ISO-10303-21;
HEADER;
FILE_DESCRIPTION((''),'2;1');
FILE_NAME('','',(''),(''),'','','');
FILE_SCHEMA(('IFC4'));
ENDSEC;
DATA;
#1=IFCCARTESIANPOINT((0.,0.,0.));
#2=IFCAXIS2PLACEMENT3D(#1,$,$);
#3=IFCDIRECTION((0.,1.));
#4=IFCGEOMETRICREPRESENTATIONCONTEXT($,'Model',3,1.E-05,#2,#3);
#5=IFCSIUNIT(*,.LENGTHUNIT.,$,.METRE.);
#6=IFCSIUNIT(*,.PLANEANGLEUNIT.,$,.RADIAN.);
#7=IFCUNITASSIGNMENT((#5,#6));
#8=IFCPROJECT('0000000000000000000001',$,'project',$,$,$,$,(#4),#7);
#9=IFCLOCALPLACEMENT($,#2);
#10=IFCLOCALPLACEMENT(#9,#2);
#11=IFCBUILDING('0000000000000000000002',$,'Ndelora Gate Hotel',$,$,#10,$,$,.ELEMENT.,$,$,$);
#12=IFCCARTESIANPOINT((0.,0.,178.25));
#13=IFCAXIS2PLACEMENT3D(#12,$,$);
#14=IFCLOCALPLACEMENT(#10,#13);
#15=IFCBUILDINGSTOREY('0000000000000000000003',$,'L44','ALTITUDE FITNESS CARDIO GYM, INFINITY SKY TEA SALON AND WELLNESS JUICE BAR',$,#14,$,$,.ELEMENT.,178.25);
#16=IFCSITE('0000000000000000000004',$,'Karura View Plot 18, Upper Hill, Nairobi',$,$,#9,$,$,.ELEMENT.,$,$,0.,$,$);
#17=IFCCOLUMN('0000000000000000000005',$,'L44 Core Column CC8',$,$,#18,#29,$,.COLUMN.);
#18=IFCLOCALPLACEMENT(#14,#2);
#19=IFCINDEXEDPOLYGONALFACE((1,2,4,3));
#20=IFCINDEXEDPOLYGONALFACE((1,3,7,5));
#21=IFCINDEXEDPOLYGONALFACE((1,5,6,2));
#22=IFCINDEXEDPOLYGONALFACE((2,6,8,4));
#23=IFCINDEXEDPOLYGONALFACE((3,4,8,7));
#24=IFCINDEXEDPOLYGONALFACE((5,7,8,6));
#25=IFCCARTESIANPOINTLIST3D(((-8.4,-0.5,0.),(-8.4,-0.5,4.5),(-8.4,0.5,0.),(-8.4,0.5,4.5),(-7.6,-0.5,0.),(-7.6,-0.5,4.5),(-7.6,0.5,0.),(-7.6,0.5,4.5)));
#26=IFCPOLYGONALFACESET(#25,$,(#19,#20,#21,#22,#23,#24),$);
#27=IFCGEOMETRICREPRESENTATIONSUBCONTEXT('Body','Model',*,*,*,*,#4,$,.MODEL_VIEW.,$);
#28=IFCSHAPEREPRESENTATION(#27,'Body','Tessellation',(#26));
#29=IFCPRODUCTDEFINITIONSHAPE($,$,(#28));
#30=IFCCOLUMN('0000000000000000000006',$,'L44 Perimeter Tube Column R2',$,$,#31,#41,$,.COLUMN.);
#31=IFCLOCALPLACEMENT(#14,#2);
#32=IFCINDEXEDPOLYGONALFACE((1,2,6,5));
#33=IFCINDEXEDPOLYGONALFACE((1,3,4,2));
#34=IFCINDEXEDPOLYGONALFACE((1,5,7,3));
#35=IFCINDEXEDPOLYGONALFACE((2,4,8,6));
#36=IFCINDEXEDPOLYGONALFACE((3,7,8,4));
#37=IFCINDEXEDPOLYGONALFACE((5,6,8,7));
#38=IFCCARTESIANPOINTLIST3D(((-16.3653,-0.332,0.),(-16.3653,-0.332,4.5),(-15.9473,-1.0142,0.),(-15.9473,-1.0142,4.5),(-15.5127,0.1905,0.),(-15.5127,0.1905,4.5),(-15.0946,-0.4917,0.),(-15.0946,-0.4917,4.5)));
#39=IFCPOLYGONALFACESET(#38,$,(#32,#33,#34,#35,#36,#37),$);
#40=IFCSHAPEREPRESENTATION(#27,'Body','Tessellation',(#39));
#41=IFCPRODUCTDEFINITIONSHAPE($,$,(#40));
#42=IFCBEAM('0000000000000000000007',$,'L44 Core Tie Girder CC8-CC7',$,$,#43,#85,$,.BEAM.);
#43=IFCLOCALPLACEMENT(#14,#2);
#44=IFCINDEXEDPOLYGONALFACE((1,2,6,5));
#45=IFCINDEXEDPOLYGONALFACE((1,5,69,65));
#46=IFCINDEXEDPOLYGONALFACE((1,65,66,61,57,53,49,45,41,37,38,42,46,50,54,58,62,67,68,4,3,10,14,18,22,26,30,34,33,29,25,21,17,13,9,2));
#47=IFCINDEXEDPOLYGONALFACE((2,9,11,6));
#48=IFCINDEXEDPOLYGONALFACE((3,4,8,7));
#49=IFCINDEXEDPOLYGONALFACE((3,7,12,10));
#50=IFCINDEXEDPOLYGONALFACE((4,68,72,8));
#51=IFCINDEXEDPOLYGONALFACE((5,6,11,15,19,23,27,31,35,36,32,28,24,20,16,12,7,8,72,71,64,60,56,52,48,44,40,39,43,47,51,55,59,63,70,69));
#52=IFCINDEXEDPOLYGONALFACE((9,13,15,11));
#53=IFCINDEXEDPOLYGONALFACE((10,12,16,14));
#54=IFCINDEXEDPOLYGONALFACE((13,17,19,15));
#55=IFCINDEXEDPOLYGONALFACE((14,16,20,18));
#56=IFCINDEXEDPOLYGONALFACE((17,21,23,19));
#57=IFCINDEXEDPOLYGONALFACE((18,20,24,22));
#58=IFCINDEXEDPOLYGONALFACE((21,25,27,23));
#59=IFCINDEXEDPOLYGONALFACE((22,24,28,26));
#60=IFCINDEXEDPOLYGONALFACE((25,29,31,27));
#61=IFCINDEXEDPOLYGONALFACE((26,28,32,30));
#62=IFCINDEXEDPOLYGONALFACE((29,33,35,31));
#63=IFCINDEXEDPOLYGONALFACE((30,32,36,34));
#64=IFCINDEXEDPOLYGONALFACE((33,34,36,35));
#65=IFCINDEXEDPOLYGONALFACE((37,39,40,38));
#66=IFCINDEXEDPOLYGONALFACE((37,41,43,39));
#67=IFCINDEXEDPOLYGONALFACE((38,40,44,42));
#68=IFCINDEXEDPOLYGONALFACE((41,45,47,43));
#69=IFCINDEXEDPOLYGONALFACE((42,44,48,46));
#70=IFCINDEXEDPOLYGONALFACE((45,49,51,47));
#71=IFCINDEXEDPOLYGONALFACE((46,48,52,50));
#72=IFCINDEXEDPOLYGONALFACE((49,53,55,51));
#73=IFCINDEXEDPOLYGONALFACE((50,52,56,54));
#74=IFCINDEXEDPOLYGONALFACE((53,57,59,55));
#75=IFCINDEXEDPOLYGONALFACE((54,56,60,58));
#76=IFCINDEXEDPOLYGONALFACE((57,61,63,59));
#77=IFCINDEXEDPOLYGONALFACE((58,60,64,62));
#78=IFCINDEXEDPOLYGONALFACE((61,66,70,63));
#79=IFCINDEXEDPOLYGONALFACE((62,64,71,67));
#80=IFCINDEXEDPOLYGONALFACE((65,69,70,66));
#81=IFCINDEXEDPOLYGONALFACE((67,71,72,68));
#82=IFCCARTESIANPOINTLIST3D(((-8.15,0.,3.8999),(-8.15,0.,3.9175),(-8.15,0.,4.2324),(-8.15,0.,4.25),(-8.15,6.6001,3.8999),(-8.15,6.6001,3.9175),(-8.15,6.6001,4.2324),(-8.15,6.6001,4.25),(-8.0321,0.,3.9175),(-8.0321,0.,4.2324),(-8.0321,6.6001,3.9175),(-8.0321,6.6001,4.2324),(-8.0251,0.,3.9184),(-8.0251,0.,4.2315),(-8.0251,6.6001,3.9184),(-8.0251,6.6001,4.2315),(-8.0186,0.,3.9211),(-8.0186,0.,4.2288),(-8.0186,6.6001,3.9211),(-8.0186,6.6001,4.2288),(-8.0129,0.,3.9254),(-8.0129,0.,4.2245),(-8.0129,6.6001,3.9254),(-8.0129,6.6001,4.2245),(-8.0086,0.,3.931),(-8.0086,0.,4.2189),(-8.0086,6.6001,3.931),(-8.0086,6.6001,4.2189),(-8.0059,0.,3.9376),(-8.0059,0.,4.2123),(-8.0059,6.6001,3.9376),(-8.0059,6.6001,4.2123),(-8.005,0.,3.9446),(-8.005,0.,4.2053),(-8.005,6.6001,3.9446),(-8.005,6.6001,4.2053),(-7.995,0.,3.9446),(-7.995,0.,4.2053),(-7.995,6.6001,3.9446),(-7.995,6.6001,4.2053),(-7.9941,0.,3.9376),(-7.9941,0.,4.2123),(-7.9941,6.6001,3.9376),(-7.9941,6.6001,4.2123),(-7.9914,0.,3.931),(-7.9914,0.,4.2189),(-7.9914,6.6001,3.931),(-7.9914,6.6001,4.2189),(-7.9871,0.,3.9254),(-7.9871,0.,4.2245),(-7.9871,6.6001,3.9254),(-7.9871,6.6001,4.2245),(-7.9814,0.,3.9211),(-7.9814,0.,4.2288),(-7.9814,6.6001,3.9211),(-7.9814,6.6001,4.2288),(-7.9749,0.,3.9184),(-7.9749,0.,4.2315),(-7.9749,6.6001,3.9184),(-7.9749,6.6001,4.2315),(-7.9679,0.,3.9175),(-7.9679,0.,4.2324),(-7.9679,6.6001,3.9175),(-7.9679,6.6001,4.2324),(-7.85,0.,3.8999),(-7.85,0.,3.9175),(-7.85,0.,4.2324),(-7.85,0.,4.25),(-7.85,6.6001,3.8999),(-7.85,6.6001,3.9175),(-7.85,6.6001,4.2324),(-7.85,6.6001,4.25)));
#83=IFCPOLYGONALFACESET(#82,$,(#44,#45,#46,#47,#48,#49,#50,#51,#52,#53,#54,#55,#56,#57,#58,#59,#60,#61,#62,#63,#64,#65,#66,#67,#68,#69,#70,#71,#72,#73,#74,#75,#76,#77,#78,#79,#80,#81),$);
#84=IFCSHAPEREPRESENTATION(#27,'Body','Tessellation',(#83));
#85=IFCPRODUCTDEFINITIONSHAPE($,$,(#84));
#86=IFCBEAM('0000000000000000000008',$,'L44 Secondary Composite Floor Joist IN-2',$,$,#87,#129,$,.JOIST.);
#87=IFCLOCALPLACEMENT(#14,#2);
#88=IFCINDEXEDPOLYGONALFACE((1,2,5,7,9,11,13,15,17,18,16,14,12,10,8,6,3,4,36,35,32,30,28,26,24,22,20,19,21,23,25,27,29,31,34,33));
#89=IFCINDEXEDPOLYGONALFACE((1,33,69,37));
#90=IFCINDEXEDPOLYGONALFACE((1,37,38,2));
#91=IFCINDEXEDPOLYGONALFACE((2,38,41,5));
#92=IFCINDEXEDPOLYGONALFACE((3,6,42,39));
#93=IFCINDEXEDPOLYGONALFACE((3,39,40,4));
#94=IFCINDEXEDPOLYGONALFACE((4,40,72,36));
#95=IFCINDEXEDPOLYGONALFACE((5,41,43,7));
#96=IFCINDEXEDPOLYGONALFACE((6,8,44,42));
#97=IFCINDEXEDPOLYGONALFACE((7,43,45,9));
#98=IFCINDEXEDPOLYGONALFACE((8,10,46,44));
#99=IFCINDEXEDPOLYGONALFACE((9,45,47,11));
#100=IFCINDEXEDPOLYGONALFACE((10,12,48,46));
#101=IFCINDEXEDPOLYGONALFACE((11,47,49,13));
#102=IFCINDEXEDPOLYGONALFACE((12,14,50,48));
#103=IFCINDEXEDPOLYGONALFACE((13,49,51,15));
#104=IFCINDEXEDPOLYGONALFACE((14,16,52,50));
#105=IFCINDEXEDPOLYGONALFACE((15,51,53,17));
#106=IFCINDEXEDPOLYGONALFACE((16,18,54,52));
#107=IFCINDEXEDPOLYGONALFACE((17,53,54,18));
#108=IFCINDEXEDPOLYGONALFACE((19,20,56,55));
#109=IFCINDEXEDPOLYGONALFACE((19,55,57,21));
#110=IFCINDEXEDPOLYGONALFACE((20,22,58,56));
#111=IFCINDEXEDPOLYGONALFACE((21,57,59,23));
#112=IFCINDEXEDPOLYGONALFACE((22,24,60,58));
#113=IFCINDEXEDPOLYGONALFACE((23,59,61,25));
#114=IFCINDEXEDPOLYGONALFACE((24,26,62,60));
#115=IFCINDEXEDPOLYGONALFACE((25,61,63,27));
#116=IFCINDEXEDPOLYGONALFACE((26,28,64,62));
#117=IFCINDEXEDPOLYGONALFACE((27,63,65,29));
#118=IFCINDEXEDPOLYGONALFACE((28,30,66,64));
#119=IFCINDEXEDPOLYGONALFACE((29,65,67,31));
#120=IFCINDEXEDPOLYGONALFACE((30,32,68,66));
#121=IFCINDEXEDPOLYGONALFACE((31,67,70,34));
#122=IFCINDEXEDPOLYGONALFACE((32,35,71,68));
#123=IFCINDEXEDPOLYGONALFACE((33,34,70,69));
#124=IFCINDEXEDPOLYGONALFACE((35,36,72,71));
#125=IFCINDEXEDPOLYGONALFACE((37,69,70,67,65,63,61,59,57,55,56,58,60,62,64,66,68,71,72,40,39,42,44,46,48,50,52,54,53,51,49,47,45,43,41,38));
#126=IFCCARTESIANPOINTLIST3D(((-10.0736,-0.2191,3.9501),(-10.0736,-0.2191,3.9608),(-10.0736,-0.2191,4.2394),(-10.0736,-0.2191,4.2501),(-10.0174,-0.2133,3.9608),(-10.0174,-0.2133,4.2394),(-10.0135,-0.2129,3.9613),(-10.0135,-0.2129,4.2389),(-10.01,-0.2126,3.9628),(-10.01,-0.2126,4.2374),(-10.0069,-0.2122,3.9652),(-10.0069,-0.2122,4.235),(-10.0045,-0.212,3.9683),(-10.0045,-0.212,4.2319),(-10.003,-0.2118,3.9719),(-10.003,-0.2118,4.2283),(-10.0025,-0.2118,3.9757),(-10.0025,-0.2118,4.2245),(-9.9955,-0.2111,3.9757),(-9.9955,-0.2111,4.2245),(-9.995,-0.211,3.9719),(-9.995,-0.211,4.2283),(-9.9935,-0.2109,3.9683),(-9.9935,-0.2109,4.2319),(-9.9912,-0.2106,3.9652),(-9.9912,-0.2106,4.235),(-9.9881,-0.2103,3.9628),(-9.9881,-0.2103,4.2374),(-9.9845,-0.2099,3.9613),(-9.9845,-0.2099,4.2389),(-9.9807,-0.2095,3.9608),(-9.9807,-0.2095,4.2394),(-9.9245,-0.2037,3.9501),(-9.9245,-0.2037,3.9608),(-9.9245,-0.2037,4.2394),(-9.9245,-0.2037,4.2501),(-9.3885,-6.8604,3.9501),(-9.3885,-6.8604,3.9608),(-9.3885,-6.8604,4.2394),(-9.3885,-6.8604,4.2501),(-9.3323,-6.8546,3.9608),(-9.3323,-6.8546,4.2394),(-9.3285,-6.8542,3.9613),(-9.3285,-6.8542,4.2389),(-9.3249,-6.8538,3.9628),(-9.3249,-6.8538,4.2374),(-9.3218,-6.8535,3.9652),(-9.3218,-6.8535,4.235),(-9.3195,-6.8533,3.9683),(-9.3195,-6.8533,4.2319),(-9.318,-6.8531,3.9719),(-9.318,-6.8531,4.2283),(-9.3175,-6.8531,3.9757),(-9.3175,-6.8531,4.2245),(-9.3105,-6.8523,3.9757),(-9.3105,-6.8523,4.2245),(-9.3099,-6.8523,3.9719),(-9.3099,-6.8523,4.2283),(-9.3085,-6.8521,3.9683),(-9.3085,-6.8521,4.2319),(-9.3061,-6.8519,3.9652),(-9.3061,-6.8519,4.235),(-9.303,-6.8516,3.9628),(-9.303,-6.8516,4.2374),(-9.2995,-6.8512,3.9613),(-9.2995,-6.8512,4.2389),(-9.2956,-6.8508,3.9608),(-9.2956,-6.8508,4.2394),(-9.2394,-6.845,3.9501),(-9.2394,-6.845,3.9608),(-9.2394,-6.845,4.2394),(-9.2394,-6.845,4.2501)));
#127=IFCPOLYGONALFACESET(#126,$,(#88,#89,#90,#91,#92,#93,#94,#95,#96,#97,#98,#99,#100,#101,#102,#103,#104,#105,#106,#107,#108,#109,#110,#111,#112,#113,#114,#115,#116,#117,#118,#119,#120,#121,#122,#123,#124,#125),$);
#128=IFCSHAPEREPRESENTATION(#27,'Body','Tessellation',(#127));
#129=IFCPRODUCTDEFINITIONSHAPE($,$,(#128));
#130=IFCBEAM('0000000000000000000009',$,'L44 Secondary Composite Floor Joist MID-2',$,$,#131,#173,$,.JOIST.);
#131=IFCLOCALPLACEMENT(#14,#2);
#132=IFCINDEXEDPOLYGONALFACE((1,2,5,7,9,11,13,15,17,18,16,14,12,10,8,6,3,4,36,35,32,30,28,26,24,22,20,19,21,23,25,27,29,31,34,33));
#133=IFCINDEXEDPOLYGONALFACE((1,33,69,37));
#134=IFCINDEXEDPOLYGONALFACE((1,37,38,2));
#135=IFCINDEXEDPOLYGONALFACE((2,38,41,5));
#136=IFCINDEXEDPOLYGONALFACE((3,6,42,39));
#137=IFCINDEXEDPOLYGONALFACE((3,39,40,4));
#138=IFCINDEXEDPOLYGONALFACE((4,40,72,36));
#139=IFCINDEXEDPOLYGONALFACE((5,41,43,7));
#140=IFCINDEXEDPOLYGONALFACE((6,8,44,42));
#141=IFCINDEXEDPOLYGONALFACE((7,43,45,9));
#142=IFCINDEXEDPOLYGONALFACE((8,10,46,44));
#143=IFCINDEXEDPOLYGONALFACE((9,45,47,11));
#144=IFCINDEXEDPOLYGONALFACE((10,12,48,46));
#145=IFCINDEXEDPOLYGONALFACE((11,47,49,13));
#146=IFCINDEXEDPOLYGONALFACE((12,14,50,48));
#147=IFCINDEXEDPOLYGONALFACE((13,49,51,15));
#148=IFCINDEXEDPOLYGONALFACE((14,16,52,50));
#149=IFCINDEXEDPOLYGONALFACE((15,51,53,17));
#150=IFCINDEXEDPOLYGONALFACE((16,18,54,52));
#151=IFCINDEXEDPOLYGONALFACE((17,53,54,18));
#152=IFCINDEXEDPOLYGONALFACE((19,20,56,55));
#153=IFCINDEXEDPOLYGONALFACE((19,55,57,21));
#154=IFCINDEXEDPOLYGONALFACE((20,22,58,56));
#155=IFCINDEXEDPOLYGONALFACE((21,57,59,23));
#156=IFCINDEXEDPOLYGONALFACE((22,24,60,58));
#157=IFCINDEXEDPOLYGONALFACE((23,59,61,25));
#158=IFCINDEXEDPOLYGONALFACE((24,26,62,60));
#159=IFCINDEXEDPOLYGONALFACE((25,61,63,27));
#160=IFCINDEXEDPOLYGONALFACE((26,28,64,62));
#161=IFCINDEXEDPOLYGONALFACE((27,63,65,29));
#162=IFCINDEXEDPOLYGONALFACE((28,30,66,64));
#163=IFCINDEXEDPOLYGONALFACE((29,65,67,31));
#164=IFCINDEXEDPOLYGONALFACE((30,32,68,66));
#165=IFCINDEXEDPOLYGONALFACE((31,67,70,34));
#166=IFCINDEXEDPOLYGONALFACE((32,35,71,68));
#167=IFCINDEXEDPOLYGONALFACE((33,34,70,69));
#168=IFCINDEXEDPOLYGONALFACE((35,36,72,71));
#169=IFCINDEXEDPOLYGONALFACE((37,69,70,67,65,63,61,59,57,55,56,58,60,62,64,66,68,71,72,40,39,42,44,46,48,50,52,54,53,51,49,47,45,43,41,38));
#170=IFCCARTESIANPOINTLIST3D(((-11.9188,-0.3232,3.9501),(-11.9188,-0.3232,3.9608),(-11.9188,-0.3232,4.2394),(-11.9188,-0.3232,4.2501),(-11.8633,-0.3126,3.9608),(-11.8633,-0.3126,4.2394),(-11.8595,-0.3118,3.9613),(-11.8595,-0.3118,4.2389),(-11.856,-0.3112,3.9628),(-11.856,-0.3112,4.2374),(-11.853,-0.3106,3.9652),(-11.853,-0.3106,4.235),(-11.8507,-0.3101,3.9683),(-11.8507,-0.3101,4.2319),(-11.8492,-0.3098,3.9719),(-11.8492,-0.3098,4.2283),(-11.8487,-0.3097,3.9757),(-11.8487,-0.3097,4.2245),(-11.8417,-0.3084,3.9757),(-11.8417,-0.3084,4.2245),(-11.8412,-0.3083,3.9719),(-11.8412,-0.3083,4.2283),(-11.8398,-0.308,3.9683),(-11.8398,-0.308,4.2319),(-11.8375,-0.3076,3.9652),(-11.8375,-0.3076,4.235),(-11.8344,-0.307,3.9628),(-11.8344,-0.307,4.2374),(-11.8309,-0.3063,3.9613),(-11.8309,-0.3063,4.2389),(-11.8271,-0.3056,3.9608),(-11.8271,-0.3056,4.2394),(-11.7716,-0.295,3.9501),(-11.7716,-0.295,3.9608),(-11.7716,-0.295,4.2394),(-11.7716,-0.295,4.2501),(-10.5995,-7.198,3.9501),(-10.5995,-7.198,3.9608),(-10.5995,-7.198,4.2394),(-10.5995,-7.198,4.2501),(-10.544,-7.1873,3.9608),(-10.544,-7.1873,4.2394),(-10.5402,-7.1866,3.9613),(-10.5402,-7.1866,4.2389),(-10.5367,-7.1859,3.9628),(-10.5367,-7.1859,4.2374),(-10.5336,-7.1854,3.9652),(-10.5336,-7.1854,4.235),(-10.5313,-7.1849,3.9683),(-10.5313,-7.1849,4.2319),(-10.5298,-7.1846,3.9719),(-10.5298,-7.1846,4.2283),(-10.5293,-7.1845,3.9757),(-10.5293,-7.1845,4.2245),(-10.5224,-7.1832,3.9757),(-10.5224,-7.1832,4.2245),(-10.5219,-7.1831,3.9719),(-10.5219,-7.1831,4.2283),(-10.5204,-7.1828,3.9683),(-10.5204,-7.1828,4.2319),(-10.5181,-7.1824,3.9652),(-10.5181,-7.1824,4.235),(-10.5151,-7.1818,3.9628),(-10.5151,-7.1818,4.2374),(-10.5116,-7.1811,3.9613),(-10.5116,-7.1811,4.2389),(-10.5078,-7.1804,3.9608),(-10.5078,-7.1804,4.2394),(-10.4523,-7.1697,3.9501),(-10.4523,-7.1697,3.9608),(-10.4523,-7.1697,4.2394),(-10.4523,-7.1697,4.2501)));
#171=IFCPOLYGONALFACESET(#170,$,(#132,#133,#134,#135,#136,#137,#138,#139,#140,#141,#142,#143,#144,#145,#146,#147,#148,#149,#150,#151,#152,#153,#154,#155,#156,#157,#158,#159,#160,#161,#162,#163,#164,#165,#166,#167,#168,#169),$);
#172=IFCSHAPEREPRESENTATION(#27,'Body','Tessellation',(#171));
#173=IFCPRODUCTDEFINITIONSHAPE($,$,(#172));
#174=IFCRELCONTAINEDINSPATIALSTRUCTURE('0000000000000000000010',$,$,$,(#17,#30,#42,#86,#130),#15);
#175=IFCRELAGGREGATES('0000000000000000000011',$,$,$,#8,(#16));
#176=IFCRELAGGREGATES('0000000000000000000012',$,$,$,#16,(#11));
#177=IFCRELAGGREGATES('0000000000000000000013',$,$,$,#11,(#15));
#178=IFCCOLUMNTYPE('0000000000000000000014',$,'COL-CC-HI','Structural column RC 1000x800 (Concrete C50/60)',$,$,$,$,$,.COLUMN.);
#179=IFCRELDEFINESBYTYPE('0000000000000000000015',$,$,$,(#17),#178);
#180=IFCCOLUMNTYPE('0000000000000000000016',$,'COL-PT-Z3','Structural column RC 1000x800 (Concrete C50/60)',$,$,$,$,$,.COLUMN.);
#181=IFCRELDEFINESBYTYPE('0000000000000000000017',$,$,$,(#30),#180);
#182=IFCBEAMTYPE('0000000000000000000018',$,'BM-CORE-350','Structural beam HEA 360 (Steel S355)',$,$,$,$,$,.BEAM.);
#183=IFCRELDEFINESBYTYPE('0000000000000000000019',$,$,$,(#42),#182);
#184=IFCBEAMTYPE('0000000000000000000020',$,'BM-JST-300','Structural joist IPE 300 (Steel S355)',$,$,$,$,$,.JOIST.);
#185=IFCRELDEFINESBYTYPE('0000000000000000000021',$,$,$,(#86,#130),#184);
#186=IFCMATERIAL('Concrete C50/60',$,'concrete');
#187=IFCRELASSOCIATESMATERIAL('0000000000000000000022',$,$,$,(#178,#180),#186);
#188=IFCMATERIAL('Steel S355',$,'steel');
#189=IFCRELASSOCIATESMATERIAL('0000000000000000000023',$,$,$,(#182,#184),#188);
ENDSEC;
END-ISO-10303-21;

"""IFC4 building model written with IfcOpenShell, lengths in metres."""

from ifc_helpers import new_model, si_unit, direction, frame, origin, origin_2d, place, context, subcontext, project, spatial, rectangle, i_section, extrude, material, material_profile, profile_set, type_object, element, save


model = new_model("IFC4")

# Units and contexts
model_context = context("Model", 3, precision=1e-05, world=origin(), true_north=direction((0.0, 1.0)))
body_context = subcontext(model_context, "Body", "Model", "MODEL_VIEW")
ifc_project = project(units=[si_unit("LENGTHUNIT", "METRE"), si_unit("PLANEANGLEUNIT", "RADIAN")], contexts=[model_context])

# Site, building, storey
site_placement = place(None, origin())
site = spatial("IfcSite", under=ifc_project, at=site_placement, Name="Karura View Plot 18, Upper Hill, Nairobi", CompositionType="ELEMENT", RefElevation=0.0)
building_placement = place(site_placement, origin())
building = spatial("IfcBuilding", under=site, at=building_placement, Name="Ndelora Gate Hotel", CompositionType="ELEMENT")
storey_placement = place(building_placement, frame((0.0, 0.0, 178.25)))
storey = spatial("IfcBuildingStorey", under=building, at=storey_placement, Name="L44", Description="ALTITUDE FITNESS CARDIO GYM, INFINITY SKY TEA SALON AND WELLNESS JUICE BAR", CompositionType="ELEMENT", Elevation=178.25)

# Columns
ifc_material_1 = material(Name="Concrete C50/60", Category="concrete")
ifc_material_profile_1 = material_profile(ifc_material_1, rectangle(XDim=0.8, YDim=1.0, at=origin_2d()), Name="RC 1000x800")
ifc_profile_set_1 = profile_set([ifc_material_profile_1], Name="Concrete C50/60")
column_type_1 = type_object("IfcColumnType", Name="COL-CC-HI", Description="Structural column RC 1000x800 (Concrete C50/60)", PredefinedType="COLUMN", material=ifc_profile_set_1)
column_1_placement = place(storey_placement, frame((-8.0, 0.0, 0.0), z_axis=(0.0, 0.0, 1.0), x_axis=(1.0, 0.0, 0.0)))
element("IfcColumn", 1, at=column_1_placement, inside=storey, type_object=column_type_1, Name="L44 Core Column CC8", PredefinedType="COLUMN", context=body_context, shape_type="SweptSolid", body=[
    extrude(rectangle(XDim=0.8, YDim=1.0, at=origin_2d()), origin(), (0.0, 0.0, 1.0), 4.5),
])
ifc_material_profile_2 = material_profile(ifc_material_1, rectangle(XDim=0.8, YDim=1.0, at=origin_2d()), Name="RC 1000x800")
ifc_profile_set_2 = profile_set([ifc_material_profile_2], Name="Concrete C50/60")
column_type_2 = type_object("IfcColumnType", Name="COL-PT-Z3", Description="Structural column RC 1000x800 (Concrete C50/60)", PredefinedType="COLUMN", material=ifc_profile_set_2)
column_2_placement = place(storey_placement, frame((-15.73, -0.4119, 0.0), z_axis=(0.0, 0.0, 1.0), x_axis=(-0.522499, 0.85264, 0.0)))
element("IfcColumn", 2, at=column_2_placement, inside=storey, type_object=column_type_2, Name="L44 Perimeter Tube Column R2", PredefinedType="COLUMN", context=body_context, shape_type="SweptSolid", body=[
    extrude(rectangle(XDim=0.8, YDim=1.0, at=origin_2d()), origin(), (0.0, 0.0, 1.0), 4.5),
])

# Beams
ifc_material_2 = material(Name="Steel S355", Category="steel")
ifc_material_profile_3 = material_profile(ifc_material_2, i_section(OverallWidth=0.3, OverallDepth=0.3501, WebThickness=0.01, FlangeThickness=0.0176, FilletRadius=0.0271, at=origin_2d()), Name="HEA 360")
ifc_profile_set_3 = profile_set([ifc_material_profile_3], Name="Steel S355")
beam_type_1 = type_object("IfcBeamType", Name="BM-CORE-350", Description="Structural beam HEA 360 (Steel S355)", PredefinedType="BEAM", material=ifc_profile_set_3)
beam_1_placement = place(storey_placement, frame((-8.0, 0.0, 4.075), z_axis=(0.0, 1.0, 0.0), x_axis=(-1.0, 0.0, 0.0)))
element("IfcBeam", 3, at=beam_1_placement, inside=storey, type_object=beam_type_1, Name="L44 Core Tie Girder CC8-CC7", PredefinedType="BEAM", context=body_context, shape_type="SweptSolid", body=[
    extrude(i_section(OverallWidth=0.3, OverallDepth=0.3501, WebThickness=0.01, FlangeThickness=0.0176, FilletRadius=0.0271, at=origin_2d()), origin(), (0.0, 0.0, 1.0), 6.6001),
])
ifc_material_profile_4 = material_profile(ifc_material_2, i_section(OverallWidth=0.1499, OverallDepth=0.3, WebThickness=0.0071, FlangeThickness=0.0107, FilletRadius=0.0149, at=origin_2d()), Name="IPE 300")
ifc_profile_set_4 = profile_set([ifc_material_profile_4], Name="Steel S355")
beam_type_2 = type_object("IfcBeamType", Name="BM-JST-300", Description="Structural joist IPE 300 (Steel S355)", PredefinedType="JOIST", material=ifc_profile_set_4)
beam_2_placement = place(storey_placement, frame((-9.999, -0.2114, 4.1001), z_axis=(0.102606, -0.994722, 0.0), x_axis=(0.994722, 0.102606, 0.0)))
element("IfcBeam", 4, at=beam_2_placement, inside=storey, type_object=beam_type_2, Name="L44 Secondary Composite Floor Joist IN-2", PredefinedType="JOIST", context=body_context, shape_type="SweptSolid", body=[
    extrude(i_section(OverallWidth=0.1499, OverallDepth=0.3, WebThickness=0.0071, FlangeThickness=0.0107, FilletRadius=0.0149, at=origin_2d()), origin(), (0.0, 0.0, 1.0), 6.6765),
])
beam_3_placement = place(storey_placement, frame((-11.8452, -0.3091, 4.1001), z_axis=(0.188471, -0.982079, 0.0), x_axis=(0.982079, 0.188471, 0.0)))
element("IfcBeam", 5, at=beam_3_placement, inside=storey, type_object=beam_type_2, Name="L44 Secondary Composite Floor Joist MID-2", PredefinedType="JOIST", context=body_context, shape_type="SweptSolid", body=[
    extrude(i_section(OverallWidth=0.1499, OverallDepth=0.3, WebThickness=0.0071, FlangeThickness=0.0107, FilletRadius=0.0149, at=origin_2d()), origin(), (0.0, 0.0, 1.0), 7.0002),
])

save(model, "model.ifc")
